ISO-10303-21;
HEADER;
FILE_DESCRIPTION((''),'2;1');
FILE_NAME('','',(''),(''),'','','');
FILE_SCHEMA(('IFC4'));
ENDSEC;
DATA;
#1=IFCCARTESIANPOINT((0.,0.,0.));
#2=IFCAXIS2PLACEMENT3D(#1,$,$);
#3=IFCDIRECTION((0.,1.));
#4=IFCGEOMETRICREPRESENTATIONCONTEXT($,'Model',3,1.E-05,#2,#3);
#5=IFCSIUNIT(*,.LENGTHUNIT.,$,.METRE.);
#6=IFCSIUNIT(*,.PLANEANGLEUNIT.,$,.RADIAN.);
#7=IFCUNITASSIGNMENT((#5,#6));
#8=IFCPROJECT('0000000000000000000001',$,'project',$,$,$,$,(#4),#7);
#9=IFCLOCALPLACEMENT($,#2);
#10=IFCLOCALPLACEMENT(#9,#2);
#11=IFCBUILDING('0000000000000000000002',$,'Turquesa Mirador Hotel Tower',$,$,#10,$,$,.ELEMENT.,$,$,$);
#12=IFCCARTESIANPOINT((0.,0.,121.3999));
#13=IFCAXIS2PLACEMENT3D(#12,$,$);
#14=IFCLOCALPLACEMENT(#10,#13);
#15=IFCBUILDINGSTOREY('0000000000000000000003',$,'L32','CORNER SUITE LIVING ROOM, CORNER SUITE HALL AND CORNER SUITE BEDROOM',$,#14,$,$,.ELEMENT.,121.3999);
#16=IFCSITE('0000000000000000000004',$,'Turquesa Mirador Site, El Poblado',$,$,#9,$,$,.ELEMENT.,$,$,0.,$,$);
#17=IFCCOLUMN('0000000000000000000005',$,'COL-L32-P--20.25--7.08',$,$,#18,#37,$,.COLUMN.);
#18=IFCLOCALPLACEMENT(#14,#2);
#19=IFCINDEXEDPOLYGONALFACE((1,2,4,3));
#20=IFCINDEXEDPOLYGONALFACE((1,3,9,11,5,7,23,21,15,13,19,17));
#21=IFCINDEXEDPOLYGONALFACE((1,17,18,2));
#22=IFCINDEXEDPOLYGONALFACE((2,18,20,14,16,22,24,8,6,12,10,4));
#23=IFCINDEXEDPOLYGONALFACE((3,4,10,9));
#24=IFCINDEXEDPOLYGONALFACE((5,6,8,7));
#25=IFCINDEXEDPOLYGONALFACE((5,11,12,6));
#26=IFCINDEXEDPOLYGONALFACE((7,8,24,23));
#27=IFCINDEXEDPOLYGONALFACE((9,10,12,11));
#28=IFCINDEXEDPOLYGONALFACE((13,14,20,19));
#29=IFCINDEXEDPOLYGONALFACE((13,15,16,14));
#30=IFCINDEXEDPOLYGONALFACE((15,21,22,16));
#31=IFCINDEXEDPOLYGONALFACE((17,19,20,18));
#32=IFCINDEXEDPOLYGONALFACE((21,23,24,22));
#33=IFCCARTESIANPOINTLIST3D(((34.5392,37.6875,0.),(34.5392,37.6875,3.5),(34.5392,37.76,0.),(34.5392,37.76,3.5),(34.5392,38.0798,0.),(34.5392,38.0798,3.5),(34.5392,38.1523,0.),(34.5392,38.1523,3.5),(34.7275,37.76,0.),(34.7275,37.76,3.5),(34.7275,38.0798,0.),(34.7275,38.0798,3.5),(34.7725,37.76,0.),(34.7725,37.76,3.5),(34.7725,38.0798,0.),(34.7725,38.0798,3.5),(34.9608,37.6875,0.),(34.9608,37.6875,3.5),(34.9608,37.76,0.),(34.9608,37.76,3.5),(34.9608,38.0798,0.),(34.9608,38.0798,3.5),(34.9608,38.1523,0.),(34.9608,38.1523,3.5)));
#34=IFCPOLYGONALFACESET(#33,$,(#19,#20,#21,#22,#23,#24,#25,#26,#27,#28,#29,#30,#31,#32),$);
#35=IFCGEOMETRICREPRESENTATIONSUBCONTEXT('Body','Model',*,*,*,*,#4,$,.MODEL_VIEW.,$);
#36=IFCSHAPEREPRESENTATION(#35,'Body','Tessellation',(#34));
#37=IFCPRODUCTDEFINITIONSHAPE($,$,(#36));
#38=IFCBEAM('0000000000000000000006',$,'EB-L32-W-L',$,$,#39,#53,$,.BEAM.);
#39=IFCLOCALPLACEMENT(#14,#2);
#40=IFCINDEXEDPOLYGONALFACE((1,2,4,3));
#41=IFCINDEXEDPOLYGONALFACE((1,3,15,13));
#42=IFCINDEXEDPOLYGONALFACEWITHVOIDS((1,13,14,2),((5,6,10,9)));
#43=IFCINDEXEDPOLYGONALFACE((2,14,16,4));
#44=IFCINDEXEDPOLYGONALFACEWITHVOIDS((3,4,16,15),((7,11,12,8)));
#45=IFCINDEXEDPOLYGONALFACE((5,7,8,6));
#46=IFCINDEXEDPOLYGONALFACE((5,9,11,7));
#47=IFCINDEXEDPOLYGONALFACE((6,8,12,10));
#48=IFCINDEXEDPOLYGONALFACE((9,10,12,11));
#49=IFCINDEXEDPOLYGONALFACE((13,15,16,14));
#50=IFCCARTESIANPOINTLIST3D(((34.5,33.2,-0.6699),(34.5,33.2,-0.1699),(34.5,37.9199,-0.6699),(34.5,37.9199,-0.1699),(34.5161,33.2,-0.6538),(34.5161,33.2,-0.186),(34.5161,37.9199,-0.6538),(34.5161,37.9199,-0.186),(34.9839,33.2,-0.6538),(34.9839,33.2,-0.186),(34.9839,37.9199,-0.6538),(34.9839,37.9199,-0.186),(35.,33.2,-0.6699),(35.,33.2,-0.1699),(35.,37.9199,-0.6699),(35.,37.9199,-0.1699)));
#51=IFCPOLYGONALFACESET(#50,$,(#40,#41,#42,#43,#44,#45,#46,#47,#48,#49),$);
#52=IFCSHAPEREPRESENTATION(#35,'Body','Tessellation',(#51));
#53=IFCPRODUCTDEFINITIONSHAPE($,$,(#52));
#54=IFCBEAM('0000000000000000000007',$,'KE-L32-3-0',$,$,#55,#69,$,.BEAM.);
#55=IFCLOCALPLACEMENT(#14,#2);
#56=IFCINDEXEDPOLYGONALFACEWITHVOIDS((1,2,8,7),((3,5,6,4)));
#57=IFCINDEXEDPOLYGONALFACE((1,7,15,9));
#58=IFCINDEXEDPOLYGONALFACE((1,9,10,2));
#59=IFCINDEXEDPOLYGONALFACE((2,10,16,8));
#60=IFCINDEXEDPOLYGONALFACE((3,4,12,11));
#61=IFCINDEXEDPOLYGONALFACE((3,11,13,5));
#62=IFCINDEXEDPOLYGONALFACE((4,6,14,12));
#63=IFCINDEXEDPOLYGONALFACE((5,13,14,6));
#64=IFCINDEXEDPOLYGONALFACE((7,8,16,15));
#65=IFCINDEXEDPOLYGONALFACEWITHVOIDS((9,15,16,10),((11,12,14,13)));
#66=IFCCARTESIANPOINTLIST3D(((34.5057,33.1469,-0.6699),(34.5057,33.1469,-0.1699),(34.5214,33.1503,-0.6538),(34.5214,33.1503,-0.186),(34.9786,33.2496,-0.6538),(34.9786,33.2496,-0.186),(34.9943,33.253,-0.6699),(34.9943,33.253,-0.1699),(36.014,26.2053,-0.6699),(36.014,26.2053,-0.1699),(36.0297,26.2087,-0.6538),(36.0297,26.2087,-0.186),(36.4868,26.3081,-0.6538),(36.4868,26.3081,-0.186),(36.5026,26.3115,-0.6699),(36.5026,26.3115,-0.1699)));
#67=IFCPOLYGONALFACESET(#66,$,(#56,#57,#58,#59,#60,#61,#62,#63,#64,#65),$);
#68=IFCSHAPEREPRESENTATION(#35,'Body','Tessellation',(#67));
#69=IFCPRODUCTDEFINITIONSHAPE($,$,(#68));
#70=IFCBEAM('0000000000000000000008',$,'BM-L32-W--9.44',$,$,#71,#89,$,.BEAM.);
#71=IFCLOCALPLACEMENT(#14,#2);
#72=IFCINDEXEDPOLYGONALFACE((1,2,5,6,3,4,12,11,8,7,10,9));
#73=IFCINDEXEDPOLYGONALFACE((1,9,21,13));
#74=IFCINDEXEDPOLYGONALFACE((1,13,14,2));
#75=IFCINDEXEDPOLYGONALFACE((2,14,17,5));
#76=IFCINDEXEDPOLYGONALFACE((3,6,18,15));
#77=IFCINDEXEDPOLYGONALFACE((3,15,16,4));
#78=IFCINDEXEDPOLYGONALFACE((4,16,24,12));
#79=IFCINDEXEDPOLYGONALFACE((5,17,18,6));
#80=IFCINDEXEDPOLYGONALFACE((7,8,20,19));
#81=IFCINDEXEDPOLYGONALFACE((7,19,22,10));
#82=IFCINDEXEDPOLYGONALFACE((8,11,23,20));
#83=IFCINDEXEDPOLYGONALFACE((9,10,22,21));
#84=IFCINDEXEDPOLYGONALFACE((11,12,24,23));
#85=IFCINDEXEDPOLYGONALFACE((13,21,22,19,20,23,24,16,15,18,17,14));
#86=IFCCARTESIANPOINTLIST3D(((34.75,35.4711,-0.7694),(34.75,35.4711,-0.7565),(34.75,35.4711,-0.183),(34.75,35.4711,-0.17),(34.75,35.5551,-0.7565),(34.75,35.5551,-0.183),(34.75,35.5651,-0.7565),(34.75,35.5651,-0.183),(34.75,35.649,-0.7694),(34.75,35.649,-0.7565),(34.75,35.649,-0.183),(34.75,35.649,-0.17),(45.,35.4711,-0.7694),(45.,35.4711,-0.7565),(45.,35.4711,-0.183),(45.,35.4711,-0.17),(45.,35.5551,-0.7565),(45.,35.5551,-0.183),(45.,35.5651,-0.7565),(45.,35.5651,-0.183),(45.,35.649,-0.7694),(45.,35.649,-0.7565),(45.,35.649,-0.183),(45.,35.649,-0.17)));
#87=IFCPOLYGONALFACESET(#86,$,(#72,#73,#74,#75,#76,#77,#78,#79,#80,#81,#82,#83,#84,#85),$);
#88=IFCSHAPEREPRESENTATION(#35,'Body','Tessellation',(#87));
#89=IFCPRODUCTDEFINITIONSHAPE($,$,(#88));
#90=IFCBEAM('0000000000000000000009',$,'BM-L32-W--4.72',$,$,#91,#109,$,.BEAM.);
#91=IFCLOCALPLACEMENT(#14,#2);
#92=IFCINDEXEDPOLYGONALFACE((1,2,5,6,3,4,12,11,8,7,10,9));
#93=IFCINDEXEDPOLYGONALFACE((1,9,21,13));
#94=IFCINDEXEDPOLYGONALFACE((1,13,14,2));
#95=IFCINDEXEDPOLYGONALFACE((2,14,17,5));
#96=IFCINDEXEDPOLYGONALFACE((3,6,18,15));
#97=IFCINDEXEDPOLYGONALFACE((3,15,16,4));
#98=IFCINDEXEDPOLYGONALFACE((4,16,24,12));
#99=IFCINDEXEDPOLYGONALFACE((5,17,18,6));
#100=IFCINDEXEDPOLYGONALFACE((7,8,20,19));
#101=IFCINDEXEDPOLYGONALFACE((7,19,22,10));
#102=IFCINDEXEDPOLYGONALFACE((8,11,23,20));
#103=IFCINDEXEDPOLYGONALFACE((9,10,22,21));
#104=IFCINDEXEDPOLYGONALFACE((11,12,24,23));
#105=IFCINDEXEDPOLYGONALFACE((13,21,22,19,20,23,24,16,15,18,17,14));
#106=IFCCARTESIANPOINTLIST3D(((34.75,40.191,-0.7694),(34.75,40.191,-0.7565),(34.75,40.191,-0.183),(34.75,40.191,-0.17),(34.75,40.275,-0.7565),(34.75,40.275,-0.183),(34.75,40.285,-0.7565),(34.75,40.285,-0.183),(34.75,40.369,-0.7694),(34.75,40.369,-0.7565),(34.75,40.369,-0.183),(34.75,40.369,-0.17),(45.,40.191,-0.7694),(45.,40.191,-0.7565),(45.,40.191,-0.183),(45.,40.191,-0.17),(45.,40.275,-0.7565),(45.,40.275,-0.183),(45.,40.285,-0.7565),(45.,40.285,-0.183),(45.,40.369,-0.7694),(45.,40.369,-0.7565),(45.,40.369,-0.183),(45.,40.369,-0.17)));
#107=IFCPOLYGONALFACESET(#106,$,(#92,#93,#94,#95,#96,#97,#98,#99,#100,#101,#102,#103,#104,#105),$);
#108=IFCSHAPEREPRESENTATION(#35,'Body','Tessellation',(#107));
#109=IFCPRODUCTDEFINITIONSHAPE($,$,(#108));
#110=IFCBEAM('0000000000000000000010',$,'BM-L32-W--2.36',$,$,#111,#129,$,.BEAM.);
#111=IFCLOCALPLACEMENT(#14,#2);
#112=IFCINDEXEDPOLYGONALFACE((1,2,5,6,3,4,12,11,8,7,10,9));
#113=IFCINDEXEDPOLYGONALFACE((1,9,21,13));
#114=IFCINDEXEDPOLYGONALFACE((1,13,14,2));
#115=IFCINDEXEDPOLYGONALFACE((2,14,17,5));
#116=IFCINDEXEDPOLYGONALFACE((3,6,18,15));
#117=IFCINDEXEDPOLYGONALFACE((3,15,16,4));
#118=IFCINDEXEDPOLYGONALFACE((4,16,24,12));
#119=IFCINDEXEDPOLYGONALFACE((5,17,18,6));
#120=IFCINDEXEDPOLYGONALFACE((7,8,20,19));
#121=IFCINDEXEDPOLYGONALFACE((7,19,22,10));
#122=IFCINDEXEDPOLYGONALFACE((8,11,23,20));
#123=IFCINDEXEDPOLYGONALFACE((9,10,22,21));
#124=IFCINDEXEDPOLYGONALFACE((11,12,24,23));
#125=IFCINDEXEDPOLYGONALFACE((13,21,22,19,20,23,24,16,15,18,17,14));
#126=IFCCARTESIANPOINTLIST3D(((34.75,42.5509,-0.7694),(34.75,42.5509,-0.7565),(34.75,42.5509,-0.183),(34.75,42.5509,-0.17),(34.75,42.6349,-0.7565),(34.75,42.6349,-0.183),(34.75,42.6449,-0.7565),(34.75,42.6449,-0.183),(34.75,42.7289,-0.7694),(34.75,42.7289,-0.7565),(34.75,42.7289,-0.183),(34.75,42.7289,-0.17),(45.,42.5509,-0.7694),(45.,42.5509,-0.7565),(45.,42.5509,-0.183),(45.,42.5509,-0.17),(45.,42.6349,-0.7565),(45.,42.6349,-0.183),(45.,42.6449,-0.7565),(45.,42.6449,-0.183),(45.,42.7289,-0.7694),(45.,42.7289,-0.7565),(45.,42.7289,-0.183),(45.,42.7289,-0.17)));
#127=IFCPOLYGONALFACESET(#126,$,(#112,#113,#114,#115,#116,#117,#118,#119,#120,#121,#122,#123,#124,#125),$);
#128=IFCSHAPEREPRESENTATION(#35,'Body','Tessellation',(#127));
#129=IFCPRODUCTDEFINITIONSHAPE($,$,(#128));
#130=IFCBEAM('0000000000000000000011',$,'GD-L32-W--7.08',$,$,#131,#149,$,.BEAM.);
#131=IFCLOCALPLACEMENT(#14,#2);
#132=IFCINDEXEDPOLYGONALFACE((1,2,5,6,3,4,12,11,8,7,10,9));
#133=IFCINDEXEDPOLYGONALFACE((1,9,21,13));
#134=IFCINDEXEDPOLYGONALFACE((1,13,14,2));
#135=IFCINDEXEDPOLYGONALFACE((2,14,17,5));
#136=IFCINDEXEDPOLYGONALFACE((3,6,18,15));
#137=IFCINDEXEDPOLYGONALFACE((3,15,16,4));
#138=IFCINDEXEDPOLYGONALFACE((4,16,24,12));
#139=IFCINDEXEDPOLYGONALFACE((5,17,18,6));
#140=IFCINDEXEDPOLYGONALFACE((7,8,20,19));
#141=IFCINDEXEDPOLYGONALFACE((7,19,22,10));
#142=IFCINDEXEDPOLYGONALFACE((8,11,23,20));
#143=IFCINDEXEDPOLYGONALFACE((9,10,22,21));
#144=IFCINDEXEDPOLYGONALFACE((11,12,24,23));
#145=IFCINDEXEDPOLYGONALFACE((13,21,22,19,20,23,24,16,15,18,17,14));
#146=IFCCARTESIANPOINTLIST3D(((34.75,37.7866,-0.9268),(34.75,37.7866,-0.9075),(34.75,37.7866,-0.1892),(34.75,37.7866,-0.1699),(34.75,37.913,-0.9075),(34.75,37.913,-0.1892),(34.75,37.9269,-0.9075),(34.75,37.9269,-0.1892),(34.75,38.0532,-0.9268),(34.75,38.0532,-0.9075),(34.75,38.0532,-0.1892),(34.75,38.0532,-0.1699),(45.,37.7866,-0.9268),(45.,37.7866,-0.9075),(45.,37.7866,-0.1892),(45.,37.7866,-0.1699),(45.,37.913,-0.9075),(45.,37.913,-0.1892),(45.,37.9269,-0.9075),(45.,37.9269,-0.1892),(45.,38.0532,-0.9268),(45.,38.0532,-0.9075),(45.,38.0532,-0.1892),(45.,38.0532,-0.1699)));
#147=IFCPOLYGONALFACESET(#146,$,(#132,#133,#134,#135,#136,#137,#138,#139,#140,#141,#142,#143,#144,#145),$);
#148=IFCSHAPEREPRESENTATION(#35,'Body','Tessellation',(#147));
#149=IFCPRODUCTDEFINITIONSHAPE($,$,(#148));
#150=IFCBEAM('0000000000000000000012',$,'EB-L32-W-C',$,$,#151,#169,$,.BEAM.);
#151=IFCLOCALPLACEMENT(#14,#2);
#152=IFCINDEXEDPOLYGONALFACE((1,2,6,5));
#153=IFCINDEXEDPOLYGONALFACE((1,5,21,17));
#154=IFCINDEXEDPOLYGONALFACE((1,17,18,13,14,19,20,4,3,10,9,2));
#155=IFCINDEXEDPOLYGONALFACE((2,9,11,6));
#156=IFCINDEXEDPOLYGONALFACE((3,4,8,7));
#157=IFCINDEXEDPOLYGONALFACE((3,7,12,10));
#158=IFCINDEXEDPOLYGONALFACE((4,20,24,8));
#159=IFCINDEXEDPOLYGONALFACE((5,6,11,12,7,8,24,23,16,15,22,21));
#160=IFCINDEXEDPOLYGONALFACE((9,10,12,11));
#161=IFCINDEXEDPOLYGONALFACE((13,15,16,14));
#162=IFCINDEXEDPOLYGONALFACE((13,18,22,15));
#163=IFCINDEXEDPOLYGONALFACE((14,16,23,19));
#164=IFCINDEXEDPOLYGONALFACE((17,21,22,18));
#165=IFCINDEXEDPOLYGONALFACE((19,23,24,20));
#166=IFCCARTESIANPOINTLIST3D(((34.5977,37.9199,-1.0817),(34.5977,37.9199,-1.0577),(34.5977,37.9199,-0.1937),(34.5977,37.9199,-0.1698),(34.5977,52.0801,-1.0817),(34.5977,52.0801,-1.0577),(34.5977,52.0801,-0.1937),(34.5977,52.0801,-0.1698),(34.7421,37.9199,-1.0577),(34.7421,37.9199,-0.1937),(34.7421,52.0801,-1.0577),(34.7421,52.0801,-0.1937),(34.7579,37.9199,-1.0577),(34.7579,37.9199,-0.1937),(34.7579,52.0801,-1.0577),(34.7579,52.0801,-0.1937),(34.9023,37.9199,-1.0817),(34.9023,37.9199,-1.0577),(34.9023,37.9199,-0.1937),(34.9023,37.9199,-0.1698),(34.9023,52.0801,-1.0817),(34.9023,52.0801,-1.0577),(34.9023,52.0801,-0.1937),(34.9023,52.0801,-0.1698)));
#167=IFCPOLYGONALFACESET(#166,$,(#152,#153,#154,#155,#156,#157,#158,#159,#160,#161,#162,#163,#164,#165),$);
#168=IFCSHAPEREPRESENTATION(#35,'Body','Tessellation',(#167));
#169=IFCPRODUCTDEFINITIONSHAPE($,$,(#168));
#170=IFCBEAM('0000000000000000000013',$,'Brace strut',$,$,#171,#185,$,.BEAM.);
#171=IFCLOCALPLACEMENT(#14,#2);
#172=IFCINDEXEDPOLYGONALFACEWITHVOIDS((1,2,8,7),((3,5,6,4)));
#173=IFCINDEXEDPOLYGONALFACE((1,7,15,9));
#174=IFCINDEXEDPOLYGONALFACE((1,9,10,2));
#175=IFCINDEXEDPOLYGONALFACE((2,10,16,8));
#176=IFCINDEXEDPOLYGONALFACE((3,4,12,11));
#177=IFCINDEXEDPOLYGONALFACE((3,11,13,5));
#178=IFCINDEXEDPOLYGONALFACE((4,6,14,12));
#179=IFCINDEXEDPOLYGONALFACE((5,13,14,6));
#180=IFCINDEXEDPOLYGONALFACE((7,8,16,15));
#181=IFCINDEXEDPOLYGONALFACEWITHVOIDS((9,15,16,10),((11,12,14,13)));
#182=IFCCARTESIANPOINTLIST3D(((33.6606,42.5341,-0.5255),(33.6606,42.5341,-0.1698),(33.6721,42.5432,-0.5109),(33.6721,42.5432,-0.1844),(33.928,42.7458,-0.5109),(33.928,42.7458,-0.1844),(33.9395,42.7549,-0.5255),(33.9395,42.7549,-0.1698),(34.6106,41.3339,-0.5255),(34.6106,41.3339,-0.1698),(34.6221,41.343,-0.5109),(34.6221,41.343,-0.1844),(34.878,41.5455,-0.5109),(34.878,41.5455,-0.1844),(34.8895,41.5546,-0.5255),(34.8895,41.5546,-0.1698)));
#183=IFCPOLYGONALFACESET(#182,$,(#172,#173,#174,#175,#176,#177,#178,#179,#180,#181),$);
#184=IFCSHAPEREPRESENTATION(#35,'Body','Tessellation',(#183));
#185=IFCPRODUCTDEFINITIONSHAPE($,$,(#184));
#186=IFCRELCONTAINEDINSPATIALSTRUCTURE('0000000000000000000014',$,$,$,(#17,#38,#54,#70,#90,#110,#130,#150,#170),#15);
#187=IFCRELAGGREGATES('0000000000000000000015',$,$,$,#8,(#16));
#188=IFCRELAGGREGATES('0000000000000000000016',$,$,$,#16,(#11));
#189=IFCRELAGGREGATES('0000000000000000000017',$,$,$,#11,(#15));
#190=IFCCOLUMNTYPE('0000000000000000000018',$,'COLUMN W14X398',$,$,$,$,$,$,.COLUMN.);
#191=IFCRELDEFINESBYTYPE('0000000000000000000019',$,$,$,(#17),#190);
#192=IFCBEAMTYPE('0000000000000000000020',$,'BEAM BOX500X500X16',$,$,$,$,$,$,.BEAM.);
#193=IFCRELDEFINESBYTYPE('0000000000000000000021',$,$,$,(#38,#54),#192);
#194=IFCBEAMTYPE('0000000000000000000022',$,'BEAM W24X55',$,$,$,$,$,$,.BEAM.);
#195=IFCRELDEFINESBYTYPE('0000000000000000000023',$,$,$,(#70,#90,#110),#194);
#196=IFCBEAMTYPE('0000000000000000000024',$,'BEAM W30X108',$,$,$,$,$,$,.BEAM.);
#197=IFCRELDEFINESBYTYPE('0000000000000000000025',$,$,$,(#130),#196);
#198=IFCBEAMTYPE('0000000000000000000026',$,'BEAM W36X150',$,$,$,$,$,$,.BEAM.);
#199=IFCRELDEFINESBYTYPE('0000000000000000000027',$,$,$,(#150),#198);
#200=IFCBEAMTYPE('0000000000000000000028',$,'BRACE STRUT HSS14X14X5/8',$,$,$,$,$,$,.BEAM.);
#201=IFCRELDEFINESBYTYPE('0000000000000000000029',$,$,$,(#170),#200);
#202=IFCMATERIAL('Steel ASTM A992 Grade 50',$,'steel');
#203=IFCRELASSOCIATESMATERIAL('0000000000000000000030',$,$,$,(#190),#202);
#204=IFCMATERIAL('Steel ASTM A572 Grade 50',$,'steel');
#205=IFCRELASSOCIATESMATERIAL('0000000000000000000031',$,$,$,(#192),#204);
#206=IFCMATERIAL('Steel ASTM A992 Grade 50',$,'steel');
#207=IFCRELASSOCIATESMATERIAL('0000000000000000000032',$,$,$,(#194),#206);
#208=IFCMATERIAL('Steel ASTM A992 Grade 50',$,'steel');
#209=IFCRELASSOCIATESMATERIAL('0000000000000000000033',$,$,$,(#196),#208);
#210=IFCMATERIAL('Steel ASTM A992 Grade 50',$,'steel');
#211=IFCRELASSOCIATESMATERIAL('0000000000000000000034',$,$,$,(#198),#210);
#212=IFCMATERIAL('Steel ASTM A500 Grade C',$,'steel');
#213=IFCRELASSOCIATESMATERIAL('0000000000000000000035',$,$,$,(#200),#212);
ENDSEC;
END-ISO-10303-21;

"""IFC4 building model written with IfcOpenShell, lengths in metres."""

from ifc_helpers import new_model, si_unit, direction, frame, origin, origin_2d, place, context, subcontext, project, spatial, hollow_rectangle, i_section, extrude, material, material_profile, profile_set, type_object, element, save


model = new_model("IFC4")

# Units and contexts
model_context = context("Model", 3, precision=1e-05, world=origin(), true_north=direction((0.0, 1.0)))
body_context = subcontext(model_context, "Body", "Model", "MODEL_VIEW")
ifc_project = project(units=[si_unit("LENGTHUNIT", "METRE"), si_unit("PLANEANGLEUNIT", "RADIAN")], contexts=[model_context])

# Site, building, storey
site_placement = place(None, origin())
site = spatial("IfcSite", under=ifc_project, at=site_placement, Name="Turquesa Mirador Site, El Poblado", CompositionType="ELEMENT", RefElevation=0.0)
building_placement = place(site_placement, origin())
building = spatial("IfcBuilding", under=site, at=building_placement, Name="Turquesa Mirador Hotel Tower", CompositionType="ELEMENT")
storey_placement = place(building_placement, frame((0.0, 0.0, 121.3999)))
storey = spatial("IfcBuildingStorey", under=building, at=storey_placement, Name="L32", Description="CORNER SUITE LIVING ROOM, CORNER SUITE HALL AND CORNER SUITE BEDROOM", CompositionType="ELEMENT", Elevation=121.3999)

# Column
ifc_material_1 = material(Name="Steel ASTM A992 Grade 50", Category="steel")
ifc_material_profile_1 = material_profile(ifc_material_1, i_section(OverallWidth=0.4216, OverallDepth=0.4648, WebThickness=0.0449, FlangeThickness=0.0725, at=origin_2d()), Name="W14X398")
ifc_profile_set_1 = profile_set([ifc_material_profile_1], Name="Steel ASTM A992 Grade 50")
column_type = type_object("IfcColumnType", Name="COLUMN W14X398", PredefinedType="COLUMN", material=ifc_profile_set_1)
column_placement = place(storey_placement, frame((34.75, 37.9199, 0.0), z_axis=(0.0, 0.0, 1.0), x_axis=(1.0, 0.0, 0.0)))
element("IfcColumn", 1, at=column_placement, inside=storey, type_object=column_type, Name="COL-L32-P--20.25--7.08", PredefinedType="COLUMN", context=body_context, shape_type="SweptSolid", body=[
    extrude(i_section(OverallWidth=0.4216, OverallDepth=0.4648, WebThickness=0.0449, FlangeThickness=0.0725, at=origin_2d()), origin(), (0.0, 0.0, 1.0), 3.5),
])

# Beams
ifc_material_2 = material(Name="Steel ASTM A572 Grade 50", Category="steel")
ifc_material_profile_2 = material_profile(ifc_material_2, hollow_rectangle(XDim=0.5, YDim=0.5, WallThickness=0.0161, at=origin_2d()), Name="BOX500X500X16")
ifc_profile_set_2 = profile_set([ifc_material_profile_2], Name="Steel ASTM A572 Grade 50")
beam_type_1 = type_object("IfcBeamType", Name="BEAM BOX500X500X16", PredefinedType="BEAM", material=ifc_profile_set_2)
beam_1_placement = place(storey_placement, frame((34.75, 33.2, -0.4199), z_axis=(0.0, 1.0, 0.0), x_axis=(-1.0, 0.0, 0.0)))
element("IfcBeam", 2, at=beam_1_placement, inside=storey, type_object=beam_type_1, Name="EB-L32-W-L", PredefinedType="BEAM", context=body_context, shape_type="SweptSolid", body=[
    extrude(hollow_rectangle(XDim=0.5, YDim=0.5, WallThickness=0.0161, at=origin_2d()), origin(), (0.0, 0.0, 1.0), 4.72),
])
beam_2_placement = place(storey_placement, frame((34.75, 33.2, -0.4199), z_axis=(0.212328, -0.977198, 0.0), x_axis=(0.977198, 0.212328, 0.0)))
element("IfcBeam", 3, at=beam_2_placement, inside=storey, type_object=beam_type_1, Name="KE-L32-3-0", PredefinedType="BEAM", context=body_context, shape_type="SweptSolid", body=[
    extrude(hollow_rectangle(XDim=0.5, YDim=0.5, WallThickness=0.0161, at=origin_2d()), origin(), (0.0, 0.0, 1.0), 7.1035),
])
ifc_material_3 = material(Name="Steel ASTM A992 Grade 50", Category="steel")
ifc_material_profile_3 = material_profile(ifc_material_3, i_section(OverallWidth=0.178, OverallDepth=0.5994, WebThickness=0.01, FlangeThickness=0.0129, at=origin_2d()), Name="W24X55")
ifc_profile_set_3 = profile_set([ifc_material_profile_3], Name="Steel ASTM A992 Grade 50")
beam_type_2 = type_object("IfcBeamType", Name="BEAM W24X55", PredefinedType="BEAM", material=ifc_profile_set_3)
for number, where, z_axis, x_axis, name in (
    (4, (34.75, 35.5601, -0.4697), (1.0, 0.0, 0.0), (0.0, 1.0, 0.0), "BM-L32-W--9.44"),
    (5, (34.75, 40.28, -0.4697), (1.0, 0.0, 0.0), (0.0, 1.0, 0.0), "BM-L32-W--4.72"),
    (6, (34.75, 42.6399, -0.4697), (1.0, 0.0, 0.0), (0.0, 1.0, 0.0), "BM-L32-W--2.36"),
):
    element("IfcBeam", number, at=place(storey_placement, frame(where, z_axis=z_axis, x_axis=x_axis)), inside=storey, type_object=beam_type_2, Name=name, PredefinedType="BEAM", context=body_context, shape_type="SweptSolid", body=[
        extrude(i_section(OverallWidth=0.178, OverallDepth=0.5994, WebThickness=0.01, FlangeThickness=0.0129, at=origin_2d()), origin(), (0.0, 0.0, 1.0), 10.25),
    ])
ifc_material_4 = material(Name="Steel ASTM A992 Grade 50", Category="steel")
ifc_material_profile_4 = material_profile(ifc_material_4, i_section(OverallWidth=0.2666, OverallDepth=0.7568, WebThickness=0.0139, FlangeThickness=0.0193, at=origin_2d()), Name="W30X108")
ifc_profile_set_4 = profile_set([ifc_material_profile_4], Name="Steel ASTM A992 Grade 50")
beam_type_3 = type_object("IfcBeamType", Name="BEAM W30X108", PredefinedType="BEAM", material=ifc_profile_set_4)
beam_3_placement = place(storey_placement, frame((34.75, 37.9199, -0.5483), z_axis=(1.0, 0.0, 0.0), x_axis=(0.0, 1.0, 0.0)))
element("IfcBeam", 7, at=beam_3_placement, inside=storey, type_object=beam_type_3, Name="GD-L32-W--7.08", PredefinedType="BEAM", context=body_context, shape_type="SweptSolid", body=[
    extrude(i_section(OverallWidth=0.2666, OverallDepth=0.7568, WebThickness=0.0139, FlangeThickness=0.0193, at=origin_2d()), origin(), (0.0, 0.0, 1.0), 10.25),
])
ifc_material_5 = material(Name="Steel ASTM A992 Grade 50", Category="steel")
ifc_material_profile_5 = material_profile(ifc_material_5, i_section(OverallWidth=0.3047, OverallDepth=0.9119, WebThickness=0.0159, FlangeThickness=0.0239, at=origin_2d()), Name="W36X150")
ifc_profile_set_5 = profile_set([ifc_material_profile_5], Name="Steel ASTM A992 Grade 50")
beam_type_4 = type_object("IfcBeamType", Name="BEAM W36X150", PredefinedType="BEAM", material=ifc_profile_set_5)
beam_4_placement = place(storey_placement, frame((34.75, 37.9199, -0.6257), z_axis=(0.0, 1.0, 0.0), x_axis=(-1.0, 0.0, 0.0)))
element("IfcBeam", 8, at=beam_4_placement, inside=storey, type_object=beam_type_4, Name="EB-L32-W-C", PredefinedType="BEAM", context=body_context, shape_type="SweptSolid", body=[
    extrude(i_section(OverallWidth=0.3047, OverallDepth=0.9119, WebThickness=0.0159, FlangeThickness=0.0239, at=origin_2d()), origin(), (0.0, 0.0, 1.0), 14.1602),
])
ifc_material_6 = material(Name="Steel ASTM A500 Grade C", Category="steel")
ifc_material_profile_6 = material_profile(ifc_material_6, hollow_rectangle(XDim=0.3557, YDim=0.3557, WallThickness=0.0146, at=origin_2d()), Name="HSS14X14X5/8")
ifc_profile_set_6 = profile_set([ifc_material_profile_6], Name="Steel ASTM A500 Grade C")
beam_type_5 = type_object("IfcBeamType", Name="BRACE STRUT HSS14X14X5/8", PredefinedType="BEAM", material=ifc_profile_set_6)
beam_5_placement = place(storey_placement, frame((33.8, 42.6445, -0.3477), z_axis=(0.620621, -0.784111, 0.0), x_axis=(0.784111, 0.620621, 0.0)))
element("IfcBeam", 9, at=beam_5_placement, inside=storey, type_object=beam_type_5, Name="Brace strut", PredefinedType="BEAM", context=body_context, shape_type="SweptSolid", body=[
    extrude(hollow_rectangle(XDim=0.3557, YDim=0.3557, WallThickness=0.0146, at=origin_2d()), origin(), (0.0, 0.0, 1.0), 1.5308),
])

save(model, "model.ifc")
